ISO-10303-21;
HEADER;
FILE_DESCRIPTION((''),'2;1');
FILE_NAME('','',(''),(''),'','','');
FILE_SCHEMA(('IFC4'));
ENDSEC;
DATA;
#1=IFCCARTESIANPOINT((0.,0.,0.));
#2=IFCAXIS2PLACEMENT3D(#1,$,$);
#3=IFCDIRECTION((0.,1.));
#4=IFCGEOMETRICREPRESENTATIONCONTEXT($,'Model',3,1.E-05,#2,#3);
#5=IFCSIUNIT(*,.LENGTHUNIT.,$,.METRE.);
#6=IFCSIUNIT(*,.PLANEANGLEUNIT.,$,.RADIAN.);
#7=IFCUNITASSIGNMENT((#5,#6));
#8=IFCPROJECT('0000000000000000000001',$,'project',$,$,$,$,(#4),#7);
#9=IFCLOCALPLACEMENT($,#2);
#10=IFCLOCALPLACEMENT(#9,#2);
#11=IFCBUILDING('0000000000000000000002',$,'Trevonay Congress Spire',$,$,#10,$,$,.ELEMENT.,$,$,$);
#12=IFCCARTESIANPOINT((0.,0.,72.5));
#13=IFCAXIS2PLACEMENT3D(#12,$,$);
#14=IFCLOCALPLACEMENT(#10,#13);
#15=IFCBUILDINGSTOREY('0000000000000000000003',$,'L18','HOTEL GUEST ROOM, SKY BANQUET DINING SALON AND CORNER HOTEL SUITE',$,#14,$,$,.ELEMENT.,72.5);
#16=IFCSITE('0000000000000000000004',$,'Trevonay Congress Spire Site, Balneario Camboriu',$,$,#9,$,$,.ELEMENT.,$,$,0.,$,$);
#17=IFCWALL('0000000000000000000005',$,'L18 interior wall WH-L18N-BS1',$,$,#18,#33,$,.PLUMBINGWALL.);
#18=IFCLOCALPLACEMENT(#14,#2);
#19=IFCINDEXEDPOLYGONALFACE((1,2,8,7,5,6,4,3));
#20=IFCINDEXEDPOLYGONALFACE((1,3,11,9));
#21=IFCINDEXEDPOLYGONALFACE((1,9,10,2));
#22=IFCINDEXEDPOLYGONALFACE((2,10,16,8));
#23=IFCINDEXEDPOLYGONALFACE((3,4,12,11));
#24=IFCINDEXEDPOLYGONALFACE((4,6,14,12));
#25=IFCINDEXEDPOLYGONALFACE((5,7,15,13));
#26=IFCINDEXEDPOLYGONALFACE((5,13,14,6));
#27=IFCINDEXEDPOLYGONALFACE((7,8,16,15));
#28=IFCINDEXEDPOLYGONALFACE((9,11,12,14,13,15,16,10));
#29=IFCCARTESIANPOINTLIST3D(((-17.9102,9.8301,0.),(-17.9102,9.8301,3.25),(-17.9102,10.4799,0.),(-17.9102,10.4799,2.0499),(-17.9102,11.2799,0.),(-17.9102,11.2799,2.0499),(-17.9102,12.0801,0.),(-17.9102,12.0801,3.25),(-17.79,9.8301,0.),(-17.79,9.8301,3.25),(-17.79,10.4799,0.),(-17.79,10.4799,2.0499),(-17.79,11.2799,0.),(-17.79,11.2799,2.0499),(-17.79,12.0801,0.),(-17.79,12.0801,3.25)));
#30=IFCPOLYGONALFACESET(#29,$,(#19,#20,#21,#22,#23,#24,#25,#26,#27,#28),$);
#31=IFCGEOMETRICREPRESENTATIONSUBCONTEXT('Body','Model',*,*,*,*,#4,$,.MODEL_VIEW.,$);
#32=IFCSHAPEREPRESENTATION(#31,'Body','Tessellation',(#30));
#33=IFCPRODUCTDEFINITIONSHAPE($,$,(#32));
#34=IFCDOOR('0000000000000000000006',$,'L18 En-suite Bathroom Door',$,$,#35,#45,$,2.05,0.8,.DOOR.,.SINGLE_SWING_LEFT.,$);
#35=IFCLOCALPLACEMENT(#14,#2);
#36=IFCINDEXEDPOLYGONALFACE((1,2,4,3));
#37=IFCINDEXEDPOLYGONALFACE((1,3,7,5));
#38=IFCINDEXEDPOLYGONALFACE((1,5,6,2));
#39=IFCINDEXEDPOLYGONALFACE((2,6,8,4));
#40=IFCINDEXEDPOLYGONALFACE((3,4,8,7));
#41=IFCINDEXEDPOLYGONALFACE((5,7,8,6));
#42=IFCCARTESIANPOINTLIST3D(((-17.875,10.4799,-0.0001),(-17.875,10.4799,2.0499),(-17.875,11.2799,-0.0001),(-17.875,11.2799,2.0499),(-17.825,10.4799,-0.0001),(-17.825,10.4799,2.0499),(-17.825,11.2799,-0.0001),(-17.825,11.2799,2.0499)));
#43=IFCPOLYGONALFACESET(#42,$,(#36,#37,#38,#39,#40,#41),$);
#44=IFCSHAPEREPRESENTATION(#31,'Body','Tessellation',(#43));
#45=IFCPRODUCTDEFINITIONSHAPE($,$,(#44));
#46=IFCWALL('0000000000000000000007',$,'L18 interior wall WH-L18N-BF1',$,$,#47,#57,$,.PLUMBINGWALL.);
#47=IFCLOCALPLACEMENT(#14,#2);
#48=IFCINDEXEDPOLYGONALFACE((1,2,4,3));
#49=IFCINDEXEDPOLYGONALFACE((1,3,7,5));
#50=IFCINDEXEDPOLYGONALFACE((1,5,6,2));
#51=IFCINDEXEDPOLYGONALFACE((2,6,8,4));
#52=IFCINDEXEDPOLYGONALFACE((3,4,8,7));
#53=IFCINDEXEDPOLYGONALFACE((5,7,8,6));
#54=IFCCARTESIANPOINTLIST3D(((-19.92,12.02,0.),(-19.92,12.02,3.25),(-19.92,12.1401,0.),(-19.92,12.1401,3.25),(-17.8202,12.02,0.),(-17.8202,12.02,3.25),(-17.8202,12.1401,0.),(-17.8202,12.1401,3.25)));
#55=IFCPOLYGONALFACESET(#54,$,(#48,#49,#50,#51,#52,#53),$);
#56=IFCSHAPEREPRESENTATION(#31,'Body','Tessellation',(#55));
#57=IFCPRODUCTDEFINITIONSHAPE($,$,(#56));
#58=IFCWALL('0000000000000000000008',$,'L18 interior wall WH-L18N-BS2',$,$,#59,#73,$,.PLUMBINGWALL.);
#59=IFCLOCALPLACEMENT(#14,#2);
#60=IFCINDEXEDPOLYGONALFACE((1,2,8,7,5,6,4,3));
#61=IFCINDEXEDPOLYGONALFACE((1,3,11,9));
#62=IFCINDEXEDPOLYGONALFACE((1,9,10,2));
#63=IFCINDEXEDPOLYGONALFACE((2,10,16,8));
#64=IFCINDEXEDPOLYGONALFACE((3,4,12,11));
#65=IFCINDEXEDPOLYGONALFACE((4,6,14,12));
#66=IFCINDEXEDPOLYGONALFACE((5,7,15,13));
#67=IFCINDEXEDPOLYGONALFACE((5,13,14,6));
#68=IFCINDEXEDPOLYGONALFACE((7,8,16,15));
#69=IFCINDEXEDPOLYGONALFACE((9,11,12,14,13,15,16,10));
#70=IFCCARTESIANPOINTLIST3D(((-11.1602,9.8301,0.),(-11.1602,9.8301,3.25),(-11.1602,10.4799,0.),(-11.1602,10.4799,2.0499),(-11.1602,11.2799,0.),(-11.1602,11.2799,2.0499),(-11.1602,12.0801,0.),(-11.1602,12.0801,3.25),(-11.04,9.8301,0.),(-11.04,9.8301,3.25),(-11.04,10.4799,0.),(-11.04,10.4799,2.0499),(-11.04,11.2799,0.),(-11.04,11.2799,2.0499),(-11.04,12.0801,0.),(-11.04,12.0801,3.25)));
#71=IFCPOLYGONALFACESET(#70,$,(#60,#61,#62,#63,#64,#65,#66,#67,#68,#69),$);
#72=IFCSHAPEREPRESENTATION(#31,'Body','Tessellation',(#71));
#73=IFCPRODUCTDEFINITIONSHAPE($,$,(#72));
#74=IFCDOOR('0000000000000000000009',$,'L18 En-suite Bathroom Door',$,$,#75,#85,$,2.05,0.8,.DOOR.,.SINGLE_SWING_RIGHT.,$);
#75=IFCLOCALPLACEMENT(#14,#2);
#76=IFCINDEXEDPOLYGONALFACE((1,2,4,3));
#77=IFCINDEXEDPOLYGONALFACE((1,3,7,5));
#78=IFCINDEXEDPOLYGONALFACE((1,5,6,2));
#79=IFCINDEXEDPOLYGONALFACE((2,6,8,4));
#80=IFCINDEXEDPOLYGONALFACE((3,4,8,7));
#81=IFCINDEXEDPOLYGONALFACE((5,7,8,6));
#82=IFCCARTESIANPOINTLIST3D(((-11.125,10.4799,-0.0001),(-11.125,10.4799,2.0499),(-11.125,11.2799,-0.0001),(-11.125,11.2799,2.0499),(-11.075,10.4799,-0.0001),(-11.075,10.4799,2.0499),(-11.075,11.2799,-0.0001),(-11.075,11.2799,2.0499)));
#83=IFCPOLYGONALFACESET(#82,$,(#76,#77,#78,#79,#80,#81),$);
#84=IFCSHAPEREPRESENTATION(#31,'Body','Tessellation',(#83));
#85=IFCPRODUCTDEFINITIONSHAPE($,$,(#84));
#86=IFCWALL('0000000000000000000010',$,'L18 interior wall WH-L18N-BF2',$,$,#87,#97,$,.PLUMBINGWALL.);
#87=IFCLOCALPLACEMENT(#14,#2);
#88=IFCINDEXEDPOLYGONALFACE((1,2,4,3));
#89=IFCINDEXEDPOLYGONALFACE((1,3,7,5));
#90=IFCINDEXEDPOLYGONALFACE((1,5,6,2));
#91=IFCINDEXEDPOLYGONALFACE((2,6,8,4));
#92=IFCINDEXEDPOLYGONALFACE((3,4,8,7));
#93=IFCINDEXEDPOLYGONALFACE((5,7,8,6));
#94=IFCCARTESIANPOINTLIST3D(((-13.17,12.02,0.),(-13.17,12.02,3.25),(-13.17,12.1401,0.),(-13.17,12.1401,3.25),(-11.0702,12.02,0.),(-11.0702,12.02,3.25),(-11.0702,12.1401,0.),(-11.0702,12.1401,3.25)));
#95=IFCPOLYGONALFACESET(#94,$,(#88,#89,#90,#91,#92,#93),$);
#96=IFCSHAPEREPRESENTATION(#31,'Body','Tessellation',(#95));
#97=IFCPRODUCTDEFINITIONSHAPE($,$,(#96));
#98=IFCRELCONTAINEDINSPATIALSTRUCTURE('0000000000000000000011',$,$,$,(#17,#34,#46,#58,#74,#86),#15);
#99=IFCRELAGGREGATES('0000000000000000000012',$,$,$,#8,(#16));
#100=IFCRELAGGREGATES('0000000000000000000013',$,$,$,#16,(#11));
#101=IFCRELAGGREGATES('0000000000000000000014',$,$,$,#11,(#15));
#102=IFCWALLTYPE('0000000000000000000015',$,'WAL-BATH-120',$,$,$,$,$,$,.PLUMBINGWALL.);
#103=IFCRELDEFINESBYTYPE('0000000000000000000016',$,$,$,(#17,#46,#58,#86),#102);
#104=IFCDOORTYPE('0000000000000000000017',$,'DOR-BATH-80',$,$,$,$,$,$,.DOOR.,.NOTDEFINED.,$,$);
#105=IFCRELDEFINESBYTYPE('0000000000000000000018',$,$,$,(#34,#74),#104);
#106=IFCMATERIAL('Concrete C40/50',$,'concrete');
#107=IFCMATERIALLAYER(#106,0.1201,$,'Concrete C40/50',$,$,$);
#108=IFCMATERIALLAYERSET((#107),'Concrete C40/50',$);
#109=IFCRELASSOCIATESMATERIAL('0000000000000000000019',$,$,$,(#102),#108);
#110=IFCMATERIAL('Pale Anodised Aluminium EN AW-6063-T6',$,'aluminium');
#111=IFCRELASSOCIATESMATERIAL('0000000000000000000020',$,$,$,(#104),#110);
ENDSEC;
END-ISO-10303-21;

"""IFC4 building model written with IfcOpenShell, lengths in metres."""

from ifc_helpers import new_model, si_unit, direction, frame, frame_2d, origin, place, context, subcontext, project, spatial, rectangle, extrude, material, layer, layer_set, type_object, element, fill, save


model = new_model("IFC4")

# Units and contexts
model_context = context("Model", 3, precision=1e-05, world=origin(), true_north=direction((0.0, 1.0)))
body_context = subcontext(model_context, "Body", "Model", "MODEL_VIEW")
ifc_project = project(units=[si_unit("LENGTHUNIT", "METRE"), si_unit("PLANEANGLEUNIT", "RADIAN")], contexts=[model_context])

# Site, building, storey
site_placement = place(None, origin())
site = spatial("IfcSite", under=ifc_project, at=site_placement, Name="Trevonay Congress Spire Site, Balneario Camboriu", CompositionType="ELEMENT", RefElevation=0.0)
building_placement = place(site_placement, origin())
building = spatial("IfcBuilding", under=site, at=building_placement, Name="Trevonay Congress Spire", CompositionType="ELEMENT")
storey_placement = place(building_placement, frame((0.0, 0.0, 72.5)))
storey = spatial("IfcBuildingStorey", under=building, at=storey_placement, Name="L18", Description="HOTEL GUEST ROOM, SKY BANQUET DINING SALON AND CORNER HOTEL SUITE", CompositionType="ELEMENT", Elevation=72.5)

# Wall, opening, door
ifc_material_1 = material(Name="Concrete C40/50", Category="concrete")
ifc_layer_1 = layer(ifc_material_1, 0.1201, Name="Concrete C40/50")
ifc_layer_set_1 = layer_set([ifc_layer_1], Name="Concrete C40/50")
wall_type_1 = type_object("IfcWallType", Name="WAL-BATH-120", PredefinedType="PLUMBINGWALL", material=ifc_layer_set_1)
wall_1_placement = place(storey_placement, frame((-17.8501, 9.8301, 0.0), z_axis=(0.0, 0.0, 1.0), x_axis=(0.0, 1.0, 0.0)))
wall_1 = element("IfcWall", 1, at=wall_1_placement, inside=storey, type_object=wall_type_1, Name="L18 interior wall WH-L18N-BS1", PredefinedType="PLUMBINGWALL", context=body_context, shape_type="SweptSolid", body=[
    extrude(rectangle(XDim=2.25, YDim=0.1201, at=frame_2d((1.125, 0.0))), origin(), (0.0, 0.0, 1.0), 3.25),
])
opening_1_placement = place(wall_1_placement, frame((0.6499, 0.0, 0.0)))
opening_1 = element("IfcOpeningElement", 2, at=opening_1_placement, cuts=wall_1, PredefinedType="OPENING", context=body_context, shape_type="SweptSolid", body=[
    extrude(rectangle(XDim=0.8, YDim=2.05, at=frame_2d((0.3999, 1.0249))), frame((0.0, 0.0701, 0.0), z_axis=(0.0, -1.0, 0.0), x_axis=(1.0, 0.0, 0.0)), (0.0, 0.0, 1.0), 0.1401),
])
ifc_material_2 = material(Name="Pale Anodised Aluminium EN AW-6063-T6", Category="aluminium")
door_type_1 = type_object("IfcDoorType", Name="DOR-BATH-80", OperationType="NOTDEFINED", PredefinedType="DOOR", material=ifc_material_2)
door_1_placement = place(opening_1_placement, origin())
door_1 = element("IfcDoor", 3, at=door_1_placement, inside=storey, type_object=door_type_1, Name="L18 En-suite Bathroom Door", OperationType="SINGLE_SWING_LEFT", OverallHeight=2.05, OverallWidth=0.8, PredefinedType="DOOR", context=body_context, shape_type="SweptSolid", body=[
    extrude(rectangle(XDim=0.8, YDim=2.05, at=frame_2d((0.3999, 1.0249))), frame((0.0, 0.0249, 0.0), z_axis=(0.0, -1.0, 0.0), x_axis=(1.0, 0.0, 0.0)), (0.0, 0.0, 1.0), 0.05),
])
fill(opening_1, door_1)

# Wall
wall_2_placement = place(storey_placement, frame((-19.9199, 12.0801, 0.0), z_axis=(0.0, 0.0, 1.0), x_axis=(1.0, 0.0, 0.0)))
element("IfcWall", 4, at=wall_2_placement, inside=storey, type_object=wall_type_1, Name="L18 interior wall WH-L18N-BF1", PredefinedType="PLUMBINGWALL", context=body_context, shape_type="SweptSolid", body=[
    extrude(rectangle(XDim=2.0999, YDim=0.1201, at=frame_2d((1.0498, 0.0))), origin(), (0.0, 0.0, 1.0), 3.25),
])

# Wall, opening, door
wall_3_placement = place(storey_placement, frame((-11.1001, 9.8301, 0.0), z_axis=(0.0, 0.0, 1.0), x_axis=(0.0, 1.0, 0.0)))
wall_3 = element("IfcWall", 5, at=wall_3_placement, inside=storey, type_object=wall_type_1, Name="L18 interior wall WH-L18N-BS2", PredefinedType="PLUMBINGWALL", context=body_context, shape_type="SweptSolid", body=[
    extrude(rectangle(XDim=2.25, YDim=0.1201, at=frame_2d((1.125, 0.0))), origin(), (0.0, 0.0, 1.0), 3.25),
])
opening_2_placement = place(wall_3_placement, frame((0.6499, 0.0, 0.0)))
opening_2 = element("IfcOpeningElement", 6, at=opening_2_placement, cuts=wall_3, PredefinedType="OPENING", context=body_context, shape_type="SweptSolid", body=[
    extrude(rectangle(XDim=0.8, YDim=2.05, at=frame_2d((0.3999, 1.0249))), frame((0.0, 0.0701, 0.0), z_axis=(0.0, -1.0, 0.0), x_axis=(1.0, 0.0, 0.0)), (0.0, 0.0, 1.0), 0.1401),
])
door_2_placement = place(opening_2_placement, origin())
door_2 = element("IfcDoor", 7, at=door_2_placement, inside=storey, type_object=door_type_1, Name="L18 En-suite Bathroom Door", OperationType="SINGLE_SWING_RIGHT", OverallHeight=2.05, OverallWidth=0.8, PredefinedType="DOOR", context=body_context, shape_type="SweptSolid", body=[
    extrude(rectangle(XDim=0.8, YDim=2.05, at=frame_2d((0.3999, 1.0249))), frame((0.0, 0.0249, 0.0), z_axis=(0.0, -1.0, 0.0), x_axis=(1.0, 0.0, 0.0)), (0.0, 0.0, 1.0), 0.05),
])
fill(opening_2, door_2)

# Wall
wall_4_placement = place(storey_placement, frame((-13.1699, 12.0801, 0.0), z_axis=(0.0, 0.0, 1.0), x_axis=(1.0, 0.0, 0.0)))
element("IfcWall", 8, at=wall_4_placement, inside=storey, type_object=wall_type_1, Name="L18 interior wall WH-L18N-BF2", PredefinedType="PLUMBINGWALL", context=body_context, shape_type="SweptSolid", body=[
    extrude(rectangle(XDim=2.0999, YDim=0.1201, at=frame_2d((1.0498, 0.0))), origin(), (0.0, 0.0, 1.0), 3.25),
])

save(model, "model.ifc")
